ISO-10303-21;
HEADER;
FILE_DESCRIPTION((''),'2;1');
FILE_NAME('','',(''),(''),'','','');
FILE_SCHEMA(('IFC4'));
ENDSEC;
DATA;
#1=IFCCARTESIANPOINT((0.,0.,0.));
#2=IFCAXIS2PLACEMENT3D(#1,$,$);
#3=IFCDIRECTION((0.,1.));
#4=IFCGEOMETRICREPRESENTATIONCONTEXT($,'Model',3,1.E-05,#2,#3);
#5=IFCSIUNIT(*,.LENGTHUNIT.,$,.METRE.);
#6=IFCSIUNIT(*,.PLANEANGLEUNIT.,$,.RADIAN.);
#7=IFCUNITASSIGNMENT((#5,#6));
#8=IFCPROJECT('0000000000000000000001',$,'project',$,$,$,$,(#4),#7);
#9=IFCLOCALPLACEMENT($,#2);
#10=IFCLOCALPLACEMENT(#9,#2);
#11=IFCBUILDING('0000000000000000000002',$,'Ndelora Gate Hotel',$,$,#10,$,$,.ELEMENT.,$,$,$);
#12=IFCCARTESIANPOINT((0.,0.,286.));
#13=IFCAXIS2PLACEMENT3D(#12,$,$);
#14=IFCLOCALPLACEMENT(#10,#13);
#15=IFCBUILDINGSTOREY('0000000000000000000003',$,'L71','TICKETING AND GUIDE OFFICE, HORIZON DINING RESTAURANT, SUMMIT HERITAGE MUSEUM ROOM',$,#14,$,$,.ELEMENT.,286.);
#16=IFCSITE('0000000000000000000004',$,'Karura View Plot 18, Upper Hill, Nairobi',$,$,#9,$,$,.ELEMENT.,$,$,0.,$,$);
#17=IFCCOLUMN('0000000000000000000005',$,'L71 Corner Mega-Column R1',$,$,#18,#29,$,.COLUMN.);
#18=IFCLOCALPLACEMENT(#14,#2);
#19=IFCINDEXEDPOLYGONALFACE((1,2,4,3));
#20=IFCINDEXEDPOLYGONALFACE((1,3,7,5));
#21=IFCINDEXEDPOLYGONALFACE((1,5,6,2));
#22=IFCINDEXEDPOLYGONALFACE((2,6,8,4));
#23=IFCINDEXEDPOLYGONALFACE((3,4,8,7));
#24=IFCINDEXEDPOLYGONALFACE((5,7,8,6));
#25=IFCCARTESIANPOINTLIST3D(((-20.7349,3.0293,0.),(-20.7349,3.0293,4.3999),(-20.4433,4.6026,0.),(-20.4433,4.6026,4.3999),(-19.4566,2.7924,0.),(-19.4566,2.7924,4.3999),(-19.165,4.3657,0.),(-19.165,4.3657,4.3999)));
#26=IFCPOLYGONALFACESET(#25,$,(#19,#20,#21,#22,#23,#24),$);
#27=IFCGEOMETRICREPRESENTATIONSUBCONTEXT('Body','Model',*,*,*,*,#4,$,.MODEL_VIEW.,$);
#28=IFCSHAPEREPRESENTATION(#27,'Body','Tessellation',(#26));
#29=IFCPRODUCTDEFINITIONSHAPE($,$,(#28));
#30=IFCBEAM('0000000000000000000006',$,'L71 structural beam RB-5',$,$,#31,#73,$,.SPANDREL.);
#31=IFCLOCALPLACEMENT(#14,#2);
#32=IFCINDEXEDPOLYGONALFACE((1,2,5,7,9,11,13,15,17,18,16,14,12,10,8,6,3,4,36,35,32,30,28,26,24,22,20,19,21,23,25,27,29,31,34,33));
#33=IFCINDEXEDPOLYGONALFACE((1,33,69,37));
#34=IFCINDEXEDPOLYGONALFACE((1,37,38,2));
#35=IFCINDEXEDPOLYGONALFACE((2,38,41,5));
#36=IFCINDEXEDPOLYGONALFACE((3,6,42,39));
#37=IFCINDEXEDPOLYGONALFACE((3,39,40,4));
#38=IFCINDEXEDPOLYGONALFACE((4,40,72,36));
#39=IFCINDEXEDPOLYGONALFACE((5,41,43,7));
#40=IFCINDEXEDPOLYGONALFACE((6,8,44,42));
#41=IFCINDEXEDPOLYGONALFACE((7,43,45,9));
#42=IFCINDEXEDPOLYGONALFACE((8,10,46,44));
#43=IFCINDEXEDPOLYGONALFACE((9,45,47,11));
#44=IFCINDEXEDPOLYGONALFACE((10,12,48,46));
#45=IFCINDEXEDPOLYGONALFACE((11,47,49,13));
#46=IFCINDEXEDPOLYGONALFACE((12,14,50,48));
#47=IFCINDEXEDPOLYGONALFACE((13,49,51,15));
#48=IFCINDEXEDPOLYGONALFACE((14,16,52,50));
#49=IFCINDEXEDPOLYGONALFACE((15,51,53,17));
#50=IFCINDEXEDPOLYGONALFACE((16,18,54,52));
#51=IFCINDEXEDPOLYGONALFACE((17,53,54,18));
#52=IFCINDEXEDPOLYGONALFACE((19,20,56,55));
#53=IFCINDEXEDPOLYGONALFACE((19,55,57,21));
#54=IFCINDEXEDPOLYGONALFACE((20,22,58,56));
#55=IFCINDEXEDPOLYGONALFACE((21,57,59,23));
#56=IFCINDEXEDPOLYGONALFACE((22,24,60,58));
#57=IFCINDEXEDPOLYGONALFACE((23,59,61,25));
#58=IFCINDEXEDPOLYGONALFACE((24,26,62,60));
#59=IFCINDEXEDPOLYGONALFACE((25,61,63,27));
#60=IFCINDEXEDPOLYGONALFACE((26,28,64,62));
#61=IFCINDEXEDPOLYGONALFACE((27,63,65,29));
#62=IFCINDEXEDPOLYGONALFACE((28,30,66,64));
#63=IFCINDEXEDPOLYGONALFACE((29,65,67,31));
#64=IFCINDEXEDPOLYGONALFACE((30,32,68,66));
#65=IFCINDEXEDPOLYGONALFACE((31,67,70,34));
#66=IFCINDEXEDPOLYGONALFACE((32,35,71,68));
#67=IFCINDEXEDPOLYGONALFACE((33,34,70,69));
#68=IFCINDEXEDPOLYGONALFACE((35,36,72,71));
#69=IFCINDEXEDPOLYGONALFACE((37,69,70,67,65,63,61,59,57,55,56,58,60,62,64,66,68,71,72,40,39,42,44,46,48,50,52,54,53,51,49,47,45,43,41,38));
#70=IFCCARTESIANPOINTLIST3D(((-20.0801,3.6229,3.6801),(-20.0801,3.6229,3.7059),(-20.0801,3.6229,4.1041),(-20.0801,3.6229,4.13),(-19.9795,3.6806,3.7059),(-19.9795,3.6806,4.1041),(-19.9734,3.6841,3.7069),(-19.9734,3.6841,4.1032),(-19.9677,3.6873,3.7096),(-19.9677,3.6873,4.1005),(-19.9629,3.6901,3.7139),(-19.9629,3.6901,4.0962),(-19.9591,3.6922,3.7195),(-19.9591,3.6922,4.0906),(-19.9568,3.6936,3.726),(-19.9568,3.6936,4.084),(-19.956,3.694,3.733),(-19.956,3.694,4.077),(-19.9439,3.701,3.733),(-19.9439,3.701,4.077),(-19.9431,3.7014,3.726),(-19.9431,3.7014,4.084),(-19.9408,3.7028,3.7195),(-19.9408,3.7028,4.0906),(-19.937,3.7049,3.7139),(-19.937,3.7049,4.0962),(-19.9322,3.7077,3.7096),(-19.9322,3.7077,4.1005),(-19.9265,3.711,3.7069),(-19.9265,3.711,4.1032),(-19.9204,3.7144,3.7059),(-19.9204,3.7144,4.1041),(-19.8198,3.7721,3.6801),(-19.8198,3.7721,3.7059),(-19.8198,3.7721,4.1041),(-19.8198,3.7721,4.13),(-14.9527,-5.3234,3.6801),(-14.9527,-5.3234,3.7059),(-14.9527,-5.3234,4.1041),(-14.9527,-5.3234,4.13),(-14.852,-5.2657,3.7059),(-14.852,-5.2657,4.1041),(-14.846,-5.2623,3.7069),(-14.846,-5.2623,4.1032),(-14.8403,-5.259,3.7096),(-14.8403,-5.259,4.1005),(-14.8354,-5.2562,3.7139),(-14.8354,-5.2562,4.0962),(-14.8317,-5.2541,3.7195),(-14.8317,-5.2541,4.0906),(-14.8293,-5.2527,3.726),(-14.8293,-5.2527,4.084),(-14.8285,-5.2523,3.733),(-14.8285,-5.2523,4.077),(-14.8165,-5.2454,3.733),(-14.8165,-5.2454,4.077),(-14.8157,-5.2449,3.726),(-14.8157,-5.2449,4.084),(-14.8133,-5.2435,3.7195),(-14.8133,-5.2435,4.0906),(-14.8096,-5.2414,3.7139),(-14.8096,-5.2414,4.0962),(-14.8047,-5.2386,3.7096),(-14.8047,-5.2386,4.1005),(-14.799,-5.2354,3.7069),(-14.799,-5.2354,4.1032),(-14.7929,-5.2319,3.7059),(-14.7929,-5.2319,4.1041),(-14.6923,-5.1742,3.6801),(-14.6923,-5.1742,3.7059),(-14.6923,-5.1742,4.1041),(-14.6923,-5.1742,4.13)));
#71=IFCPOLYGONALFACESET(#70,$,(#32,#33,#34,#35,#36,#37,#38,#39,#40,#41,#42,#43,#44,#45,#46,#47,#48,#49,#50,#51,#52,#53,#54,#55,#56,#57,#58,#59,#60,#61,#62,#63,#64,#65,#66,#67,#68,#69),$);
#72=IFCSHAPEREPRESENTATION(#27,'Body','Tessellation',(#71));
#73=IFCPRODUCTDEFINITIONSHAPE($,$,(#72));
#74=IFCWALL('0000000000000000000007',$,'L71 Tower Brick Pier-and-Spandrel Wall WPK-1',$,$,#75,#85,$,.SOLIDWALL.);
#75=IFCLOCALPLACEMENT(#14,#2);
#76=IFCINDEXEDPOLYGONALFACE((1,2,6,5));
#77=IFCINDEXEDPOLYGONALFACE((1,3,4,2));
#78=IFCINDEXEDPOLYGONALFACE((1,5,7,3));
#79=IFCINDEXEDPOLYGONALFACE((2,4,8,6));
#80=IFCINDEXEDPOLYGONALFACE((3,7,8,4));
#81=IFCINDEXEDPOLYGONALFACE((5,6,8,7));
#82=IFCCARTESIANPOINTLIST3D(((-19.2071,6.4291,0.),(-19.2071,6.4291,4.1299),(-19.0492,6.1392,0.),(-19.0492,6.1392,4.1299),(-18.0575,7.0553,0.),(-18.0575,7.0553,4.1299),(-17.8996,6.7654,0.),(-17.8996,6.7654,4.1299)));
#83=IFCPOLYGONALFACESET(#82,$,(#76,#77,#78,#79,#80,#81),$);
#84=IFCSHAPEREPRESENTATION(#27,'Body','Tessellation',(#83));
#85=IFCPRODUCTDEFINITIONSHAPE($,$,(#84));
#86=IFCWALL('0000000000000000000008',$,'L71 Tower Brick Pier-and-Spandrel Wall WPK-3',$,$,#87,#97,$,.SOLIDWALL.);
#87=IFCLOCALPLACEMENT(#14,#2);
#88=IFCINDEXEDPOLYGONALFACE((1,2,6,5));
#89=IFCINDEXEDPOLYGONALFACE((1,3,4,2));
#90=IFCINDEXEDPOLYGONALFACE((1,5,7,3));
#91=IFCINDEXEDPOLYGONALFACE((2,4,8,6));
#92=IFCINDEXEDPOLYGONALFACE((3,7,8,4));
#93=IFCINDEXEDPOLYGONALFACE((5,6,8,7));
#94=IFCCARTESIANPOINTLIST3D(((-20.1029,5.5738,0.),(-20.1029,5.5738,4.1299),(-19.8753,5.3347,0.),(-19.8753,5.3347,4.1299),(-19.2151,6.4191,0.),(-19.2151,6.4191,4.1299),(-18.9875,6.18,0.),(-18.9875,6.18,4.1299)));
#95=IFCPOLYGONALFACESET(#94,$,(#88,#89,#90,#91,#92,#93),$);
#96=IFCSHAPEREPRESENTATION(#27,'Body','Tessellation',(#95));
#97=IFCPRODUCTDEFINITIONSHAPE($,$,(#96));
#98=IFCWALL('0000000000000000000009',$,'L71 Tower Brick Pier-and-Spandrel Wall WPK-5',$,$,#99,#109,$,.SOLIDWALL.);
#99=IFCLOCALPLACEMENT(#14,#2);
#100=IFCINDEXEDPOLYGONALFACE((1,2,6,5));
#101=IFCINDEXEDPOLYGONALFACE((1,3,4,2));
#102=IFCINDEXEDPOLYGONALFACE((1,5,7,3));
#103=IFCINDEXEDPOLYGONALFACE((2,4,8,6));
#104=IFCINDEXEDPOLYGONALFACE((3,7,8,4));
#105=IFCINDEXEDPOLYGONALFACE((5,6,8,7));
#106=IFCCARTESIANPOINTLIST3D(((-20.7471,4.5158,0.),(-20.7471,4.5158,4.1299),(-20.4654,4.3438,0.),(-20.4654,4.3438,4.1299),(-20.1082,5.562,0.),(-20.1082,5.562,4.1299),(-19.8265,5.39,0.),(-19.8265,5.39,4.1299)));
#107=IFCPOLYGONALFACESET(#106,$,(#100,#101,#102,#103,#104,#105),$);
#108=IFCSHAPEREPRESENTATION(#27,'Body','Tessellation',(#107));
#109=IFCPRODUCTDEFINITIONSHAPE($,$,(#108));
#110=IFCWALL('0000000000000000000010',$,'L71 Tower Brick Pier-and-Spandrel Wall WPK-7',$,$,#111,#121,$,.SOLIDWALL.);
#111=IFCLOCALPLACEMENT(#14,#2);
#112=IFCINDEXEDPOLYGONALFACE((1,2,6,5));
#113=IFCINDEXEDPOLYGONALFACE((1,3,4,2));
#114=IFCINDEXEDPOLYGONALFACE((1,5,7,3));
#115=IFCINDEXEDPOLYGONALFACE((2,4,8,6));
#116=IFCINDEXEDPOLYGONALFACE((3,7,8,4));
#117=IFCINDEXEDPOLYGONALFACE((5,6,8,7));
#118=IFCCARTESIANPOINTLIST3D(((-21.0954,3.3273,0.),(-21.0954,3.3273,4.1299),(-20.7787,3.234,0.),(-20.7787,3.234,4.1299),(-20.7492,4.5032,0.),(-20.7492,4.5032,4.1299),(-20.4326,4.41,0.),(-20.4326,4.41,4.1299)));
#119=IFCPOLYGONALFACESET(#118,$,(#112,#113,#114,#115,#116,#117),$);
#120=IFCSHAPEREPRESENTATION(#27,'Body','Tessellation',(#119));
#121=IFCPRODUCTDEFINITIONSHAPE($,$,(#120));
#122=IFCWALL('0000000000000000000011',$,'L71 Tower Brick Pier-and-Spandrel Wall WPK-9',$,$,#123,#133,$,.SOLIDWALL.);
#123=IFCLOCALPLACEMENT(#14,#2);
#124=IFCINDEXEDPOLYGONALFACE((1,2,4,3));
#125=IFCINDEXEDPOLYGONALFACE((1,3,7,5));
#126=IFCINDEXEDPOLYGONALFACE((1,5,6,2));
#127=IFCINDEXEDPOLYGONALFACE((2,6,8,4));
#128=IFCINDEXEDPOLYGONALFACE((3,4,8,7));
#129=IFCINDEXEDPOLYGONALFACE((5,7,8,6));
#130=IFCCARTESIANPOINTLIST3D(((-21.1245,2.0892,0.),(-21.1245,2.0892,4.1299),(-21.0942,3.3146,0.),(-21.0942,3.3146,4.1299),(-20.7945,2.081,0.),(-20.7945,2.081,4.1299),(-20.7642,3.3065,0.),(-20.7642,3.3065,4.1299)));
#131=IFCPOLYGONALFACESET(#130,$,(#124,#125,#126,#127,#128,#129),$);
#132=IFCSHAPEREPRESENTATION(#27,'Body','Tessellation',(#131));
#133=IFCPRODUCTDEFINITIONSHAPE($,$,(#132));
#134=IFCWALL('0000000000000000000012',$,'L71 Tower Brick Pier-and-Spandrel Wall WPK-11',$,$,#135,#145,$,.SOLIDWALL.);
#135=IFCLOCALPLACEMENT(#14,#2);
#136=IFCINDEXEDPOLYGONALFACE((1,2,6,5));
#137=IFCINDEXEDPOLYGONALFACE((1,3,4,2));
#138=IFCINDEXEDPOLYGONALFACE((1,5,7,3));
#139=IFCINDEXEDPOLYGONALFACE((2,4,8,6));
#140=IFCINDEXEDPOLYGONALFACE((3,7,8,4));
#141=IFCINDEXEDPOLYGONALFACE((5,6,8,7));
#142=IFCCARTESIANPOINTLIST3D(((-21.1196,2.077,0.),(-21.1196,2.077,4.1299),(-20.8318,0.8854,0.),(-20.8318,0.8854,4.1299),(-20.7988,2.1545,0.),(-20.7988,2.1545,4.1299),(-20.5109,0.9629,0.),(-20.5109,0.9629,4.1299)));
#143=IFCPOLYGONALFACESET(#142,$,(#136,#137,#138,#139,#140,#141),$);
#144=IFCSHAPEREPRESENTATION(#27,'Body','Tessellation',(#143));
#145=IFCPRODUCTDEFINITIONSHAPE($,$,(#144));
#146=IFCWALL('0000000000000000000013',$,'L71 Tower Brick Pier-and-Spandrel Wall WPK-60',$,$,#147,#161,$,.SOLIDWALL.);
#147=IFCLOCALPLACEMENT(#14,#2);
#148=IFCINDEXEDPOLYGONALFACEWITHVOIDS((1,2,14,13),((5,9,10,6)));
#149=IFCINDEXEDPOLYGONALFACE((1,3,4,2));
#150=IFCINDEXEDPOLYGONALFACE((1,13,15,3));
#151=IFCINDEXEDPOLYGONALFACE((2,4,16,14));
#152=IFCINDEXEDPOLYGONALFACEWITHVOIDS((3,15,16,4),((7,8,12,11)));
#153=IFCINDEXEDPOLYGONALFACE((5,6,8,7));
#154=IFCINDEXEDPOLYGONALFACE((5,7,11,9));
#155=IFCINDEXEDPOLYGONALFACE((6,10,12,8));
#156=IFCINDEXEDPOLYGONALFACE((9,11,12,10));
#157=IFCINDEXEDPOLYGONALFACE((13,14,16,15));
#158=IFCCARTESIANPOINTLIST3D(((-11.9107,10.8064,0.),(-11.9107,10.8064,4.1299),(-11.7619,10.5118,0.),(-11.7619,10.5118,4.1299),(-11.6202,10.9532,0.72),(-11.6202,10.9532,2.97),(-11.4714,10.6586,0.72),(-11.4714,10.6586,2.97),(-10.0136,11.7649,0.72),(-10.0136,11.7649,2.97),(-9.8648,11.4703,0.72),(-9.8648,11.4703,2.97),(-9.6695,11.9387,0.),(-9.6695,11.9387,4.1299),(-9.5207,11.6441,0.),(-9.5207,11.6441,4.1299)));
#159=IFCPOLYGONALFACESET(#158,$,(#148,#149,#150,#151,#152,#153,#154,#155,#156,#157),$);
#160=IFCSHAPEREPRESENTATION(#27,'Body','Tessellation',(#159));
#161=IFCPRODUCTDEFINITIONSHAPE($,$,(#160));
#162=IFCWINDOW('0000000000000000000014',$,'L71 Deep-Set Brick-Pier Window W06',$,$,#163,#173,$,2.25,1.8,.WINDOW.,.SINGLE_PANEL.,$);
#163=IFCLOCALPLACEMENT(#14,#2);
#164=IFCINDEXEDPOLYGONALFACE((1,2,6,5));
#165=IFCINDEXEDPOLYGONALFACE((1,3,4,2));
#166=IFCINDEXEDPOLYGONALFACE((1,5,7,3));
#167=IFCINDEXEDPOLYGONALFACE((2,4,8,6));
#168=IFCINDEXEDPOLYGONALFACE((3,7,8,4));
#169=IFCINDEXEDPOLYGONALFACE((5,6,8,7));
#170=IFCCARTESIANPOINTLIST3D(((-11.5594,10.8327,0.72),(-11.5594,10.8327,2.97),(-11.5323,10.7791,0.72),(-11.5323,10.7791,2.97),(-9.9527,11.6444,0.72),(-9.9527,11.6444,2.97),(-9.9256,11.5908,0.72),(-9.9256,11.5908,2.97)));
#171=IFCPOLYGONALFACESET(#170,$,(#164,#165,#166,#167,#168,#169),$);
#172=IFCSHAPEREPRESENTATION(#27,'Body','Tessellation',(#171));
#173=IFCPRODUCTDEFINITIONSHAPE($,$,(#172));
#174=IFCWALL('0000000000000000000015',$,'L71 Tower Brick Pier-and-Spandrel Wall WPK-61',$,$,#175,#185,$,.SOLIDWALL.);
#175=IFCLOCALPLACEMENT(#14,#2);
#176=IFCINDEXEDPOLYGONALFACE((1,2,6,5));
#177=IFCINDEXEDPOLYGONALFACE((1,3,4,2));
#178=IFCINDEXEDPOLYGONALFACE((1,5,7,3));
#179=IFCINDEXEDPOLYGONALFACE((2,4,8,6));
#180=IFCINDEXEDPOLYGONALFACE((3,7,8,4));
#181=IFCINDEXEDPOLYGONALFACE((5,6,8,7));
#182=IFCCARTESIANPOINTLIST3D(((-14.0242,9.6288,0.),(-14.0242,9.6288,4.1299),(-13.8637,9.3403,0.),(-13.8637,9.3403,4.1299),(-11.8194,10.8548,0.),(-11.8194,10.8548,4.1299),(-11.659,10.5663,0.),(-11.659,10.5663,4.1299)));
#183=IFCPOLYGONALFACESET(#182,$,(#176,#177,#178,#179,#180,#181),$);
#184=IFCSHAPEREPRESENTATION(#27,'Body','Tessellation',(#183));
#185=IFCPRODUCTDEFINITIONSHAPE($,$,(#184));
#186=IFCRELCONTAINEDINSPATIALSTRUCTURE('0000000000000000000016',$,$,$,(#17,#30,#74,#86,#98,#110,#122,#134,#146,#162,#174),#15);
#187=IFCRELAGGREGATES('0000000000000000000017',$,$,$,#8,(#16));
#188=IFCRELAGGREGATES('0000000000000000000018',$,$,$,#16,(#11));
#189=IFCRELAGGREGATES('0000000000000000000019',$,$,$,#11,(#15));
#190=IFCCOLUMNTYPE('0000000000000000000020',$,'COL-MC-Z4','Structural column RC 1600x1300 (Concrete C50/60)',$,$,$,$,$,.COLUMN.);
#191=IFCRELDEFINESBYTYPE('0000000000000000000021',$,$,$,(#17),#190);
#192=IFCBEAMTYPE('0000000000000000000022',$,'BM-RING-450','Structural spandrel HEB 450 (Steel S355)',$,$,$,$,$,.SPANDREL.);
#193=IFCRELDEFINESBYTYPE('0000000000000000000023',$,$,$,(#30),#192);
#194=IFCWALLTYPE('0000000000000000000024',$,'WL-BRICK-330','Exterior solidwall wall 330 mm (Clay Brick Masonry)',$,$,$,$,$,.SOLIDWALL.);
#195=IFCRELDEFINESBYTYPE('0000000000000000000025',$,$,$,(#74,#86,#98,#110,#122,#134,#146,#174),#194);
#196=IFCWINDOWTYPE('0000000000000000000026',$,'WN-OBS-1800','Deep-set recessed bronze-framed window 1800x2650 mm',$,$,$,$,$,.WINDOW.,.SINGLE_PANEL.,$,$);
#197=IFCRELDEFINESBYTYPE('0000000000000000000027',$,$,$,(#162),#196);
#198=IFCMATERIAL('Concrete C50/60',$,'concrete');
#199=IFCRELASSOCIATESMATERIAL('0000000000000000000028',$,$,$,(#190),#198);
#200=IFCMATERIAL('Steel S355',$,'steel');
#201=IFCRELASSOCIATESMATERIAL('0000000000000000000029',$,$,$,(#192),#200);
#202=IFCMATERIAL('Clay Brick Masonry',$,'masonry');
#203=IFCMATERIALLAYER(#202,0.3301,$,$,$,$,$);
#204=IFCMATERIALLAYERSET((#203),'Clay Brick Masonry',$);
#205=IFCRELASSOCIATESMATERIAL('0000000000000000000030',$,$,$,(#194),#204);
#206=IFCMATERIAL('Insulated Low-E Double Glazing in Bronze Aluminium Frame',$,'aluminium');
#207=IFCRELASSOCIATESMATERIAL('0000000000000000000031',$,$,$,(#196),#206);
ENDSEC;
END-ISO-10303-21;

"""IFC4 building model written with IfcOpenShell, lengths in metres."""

from ifc_helpers import new_model, si_unit, direction, frame, frame_2d, origin, origin_2d, place, context, subcontext, project, spatial, rectangle, i_section, extrude, material, layer, layer_set, material_profile, profile_set, type_object, element, fill, save


model = new_model("IFC4")

# Units and contexts
model_context = context("Model", 3, precision=1e-05, world=origin(), true_north=direction((0.0, 1.0)))
body_context = subcontext(model_context, "Body", "Model", "MODEL_VIEW")
ifc_project = project(units=[si_unit("LENGTHUNIT", "METRE"), si_unit("PLANEANGLEUNIT", "RADIAN")], contexts=[model_context])

# Site, building, storey
site_placement = place(None, origin())
site = spatial("IfcSite", under=ifc_project, at=site_placement, Name="Karura View Plot 18, Upper Hill, Nairobi", CompositionType="ELEMENT", RefElevation=0.0)
building_placement = place(site_placement, origin())
building = spatial("IfcBuilding", under=site, at=building_placement, Name="Ndelora Gate Hotel", CompositionType="ELEMENT")
storey_placement = place(building_placement, frame((0.0, 0.0, 286.0)))
storey = spatial("IfcBuildingStorey", under=building, at=storey_placement, Name="L71", Description="TICKETING AND GUIDE OFFICE, HORIZON DINING RESTAURANT, SUMMIT HERITAGE MUSEUM ROOM", CompositionType="ELEMENT", Elevation=286.0)

# Column
ifc_material_1 = material(Name="Concrete C50/60", Category="concrete")
ifc_material_profile_1 = material_profile(ifc_material_1, rectangle(XDim=1.3, YDim=1.6001, at=origin_2d()), Name="RC 1600x1300")
ifc_profile_set_1 = profile_set([ifc_material_profile_1], Name="Concrete C50/60")
column_type = type_object("IfcColumnType", Name="COL-MC-Z4", Description="Structural column RC 1600x1300 (Concrete C50/60)", PredefinedType="COLUMN", material=ifc_profile_set_1)
column_placement = place(storey_placement, frame((-19.95, 3.6975, 0.0), z_axis=(0.0, 0.0, 1.0), x_axis=(-0.983255, 0.182236, 0.0)))
element("IfcColumn", 1, at=column_placement, inside=storey, type_object=column_type, Name="L71 Corner Mega-Column R1", PredefinedType="COLUMN", context=body_context, shape_type="SweptSolid", body=[
    extrude(rectangle(XDim=1.3, YDim=1.6001, at=origin_2d()), origin(), (0.0, 0.0, 1.0), 4.3999),
])

# Beam
ifc_material_2 = material(Name="Steel S355", Category="steel")
ifc_material_profile_2 = material_profile(ifc_material_2, i_section(OverallWidth=0.3, OverallDepth=0.45, WebThickness=0.0139, FlangeThickness=0.0259, FilletRadius=0.0271, at=origin_2d()), Name="HEB 450")
ifc_profile_set_2 = profile_set([ifc_material_profile_2], Name="Steel S355")
beam_type = type_object("IfcBeamType", Name="BM-RING-450", Description="Structural spandrel HEB 450 (Steel S355)", PredefinedType="SPANDREL", material=ifc_profile_set_2)
beam_placement = place(storey_placement, frame((-19.95, 3.6975, 3.905), z_axis=(0.497255, -0.867604, 0.0), x_axis=(0.867604, 0.497255, 0.0)))
element("IfcBeam", 2, at=beam_placement, inside=storey, type_object=beam_type, Name="L71 structural beam RB-5", PredefinedType="SPANDREL", context=body_context, shape_type="SweptSolid", body=[
    extrude(i_section(OverallWidth=0.3, OverallDepth=0.45, WebThickness=0.0139, FlangeThickness=0.0259, FilletRadius=0.0271, at=origin_2d()), origin(), (0.0, 0.0, 1.0), 10.3115),
])

# Walls
ifc_material_3 = material(Name="Clay Brick Masonry", Category="masonry")
ifc_layer_1 = layer(ifc_material_3, 0.3301)
ifc_layer_set_1 = layer_set([ifc_layer_1], Name="Clay Brick Masonry")
wall_type_1 = type_object("IfcWallType", Name="WL-BRICK-330", Description="Exterior solidwall wall 330 mm (Clay Brick Masonry)", PredefinedType="SOLIDWALL", material=ifc_layer_set_1)
wall_1_placement = place(storey_placement, frame((-19.1282, 6.2842, 0.0), z_axis=(0.0, 0.0, 1.0), x_axis=(0.878173, 0.478342, 0.0)))
element("IfcWall", 3, at=wall_1_placement, inside=storey, type_object=wall_type_1, Name="L71 Tower Brick Pier-and-Spandrel Wall WPK-1", PredefinedType="SOLIDWALL", context=body_context, shape_type="SweptSolid", body=[
    extrude(rectangle(XDim=1.3091, YDim=0.3301, at=frame_2d((0.6545, 0.0))), origin(), (0.0, 0.0, 1.0), 4.1299),
])
for number, where, z_axis, x_axis, name in (
    (4, (-19.989, 5.4543, 0.0), (0.0, 0.0, 1.0), (0.724223, 0.689566, 0.0), "L71 Tower Brick Pier-and-Spandrel Wall WPK-3"),
    (5, (-20.6062, 4.4299, 0.0), (0.0, 0.0, 1.0), (0.521216, 0.853425, 0.0), "L71 Tower Brick Pier-and-Spandrel Wall WPK-5"),
    (6, (-20.937, 3.2808, 0.0), (0.0, 0.0, 1.0), (0.282393, 0.959299, 0.0), "L71 Tower Brick Pier-and-Spandrel Wall WPK-7"),
    (7, (-20.9595, 2.0852, 0.0), (0.0, 0.0, 1.0), (0.024699, 0.999695, 0.0), "L71 Tower Brick Pier-and-Spandrel Wall WPK-9"),
    (8, (-20.6714, 0.9243, 0.0), (0.0, 0.0, 1.0), (-0.234796, 0.972045, 0.0), "L71 Tower Brick Pier-and-Spandrel Wall WPK-11"),
):
    element("IfcWall", number, at=place(storey_placement, frame(where, z_axis=z_axis, x_axis=x_axis)), inside=storey, type_object=wall_type_1, Name=name, PredefinedType="SOLIDWALL", context=body_context, shape_type="SweptSolid", body=[
        extrude(rectangle(XDim=1.2258, YDim=0.3301, at=frame_2d((0.6128, 0.0))), origin(), (0.0, 0.0, 1.0), 4.1299),
    ])

# Wall, opening, window
wall_2_placement = place(storey_placement, frame((-11.8362, 10.6592, 0.0), z_axis=(0.0, 0.0, 1.0), x_axis=(0.892553, 0.450943, 0.0)))
wall_2 = element("IfcWall", 9, at=wall_2_placement, inside=storey, type_object=wall_type_1, Name="L71 Tower Brick Pier-and-Spandrel Wall WPK-60", PredefinedType="SOLIDWALL", context=body_context, shape_type="SweptSolid", body=[
    extrude(rectangle(XDim=2.511, YDim=0.3301, at=frame_2d((1.2554, 0.0))), origin(), (0.0, 0.0, 1.0), 4.1299),
])
opening_1_placement = place(wall_2_placement, frame((0.3254, 0.0, 0.72)))
opening_1 = element("IfcOpeningElement", 10, at=opening_1_placement, cuts=wall_2, PredefinedType="OPENING", context=body_context, shape_type="SweptSolid", body=[
    extrude(rectangle(XDim=1.8, YDim=2.25, at=frame_2d((0.8999, 1.125))), frame((0.0, 0.175, 0.0), z_axis=(0.0, -1.0, 0.0), x_axis=(1.0, 0.0, 0.0)), (0.0, 0.0, 1.0), 0.3501),
])
ifc_material_4 = material(Name="Insulated Low-E Double Glazing in Bronze Aluminium Frame", Category="aluminium")
window_type = type_object("IfcWindowType", Name="WN-OBS-1800", Description="Deep-set recessed bronze-framed window 1800x2650 mm", PartitioningType="SINGLE_PANEL", PredefinedType="WINDOW", material=ifc_material_4)
window_1_placement = place(opening_1_placement, origin())
window_1 = element("IfcWindow", 11, at=window_1_placement, inside=storey, type_object=window_type, Name="L71 Deep-Set Brick-Pier Window W06", OverallHeight=2.25, OverallWidth=1.8, PartitioningType="SINGLE_PANEL", PredefinedType="WINDOW", context=body_context, shape_type="SweptSolid", body=[
    extrude(rectangle(XDim=1.8, YDim=2.25, at=frame_2d((0.8999, 1.125))), frame((0.0, 0.03, 0.0), z_axis=(0.0, -1.0, 0.0), x_axis=(1.0, 0.0, 0.0)), (0.0, 0.0, 1.0), 0.0601),
])
fill(opening_1, window_1)

# Wall
wall_3_placement = place(storey_placement, frame((-13.9438, 9.4846, 0.0), z_axis=(0.0, 0.0, 1.0), x_axis=(0.873961, 0.485996, 0.0)))
element("IfcWall", 12, at=wall_3_placement, inside=storey, type_object=wall_type_1, Name="L71 Tower Brick Pier-and-Spandrel Wall WPK-61", PredefinedType="SOLIDWALL", context=body_context, shape_type="SweptSolid", body=[
    extrude(rectangle(XDim=2.5227, YDim=0.3301, at=frame_2d((1.2612, 0.0))), origin(), (0.0, 0.0, 1.0), 4.1299),
])

save(model, "model.ifc")
